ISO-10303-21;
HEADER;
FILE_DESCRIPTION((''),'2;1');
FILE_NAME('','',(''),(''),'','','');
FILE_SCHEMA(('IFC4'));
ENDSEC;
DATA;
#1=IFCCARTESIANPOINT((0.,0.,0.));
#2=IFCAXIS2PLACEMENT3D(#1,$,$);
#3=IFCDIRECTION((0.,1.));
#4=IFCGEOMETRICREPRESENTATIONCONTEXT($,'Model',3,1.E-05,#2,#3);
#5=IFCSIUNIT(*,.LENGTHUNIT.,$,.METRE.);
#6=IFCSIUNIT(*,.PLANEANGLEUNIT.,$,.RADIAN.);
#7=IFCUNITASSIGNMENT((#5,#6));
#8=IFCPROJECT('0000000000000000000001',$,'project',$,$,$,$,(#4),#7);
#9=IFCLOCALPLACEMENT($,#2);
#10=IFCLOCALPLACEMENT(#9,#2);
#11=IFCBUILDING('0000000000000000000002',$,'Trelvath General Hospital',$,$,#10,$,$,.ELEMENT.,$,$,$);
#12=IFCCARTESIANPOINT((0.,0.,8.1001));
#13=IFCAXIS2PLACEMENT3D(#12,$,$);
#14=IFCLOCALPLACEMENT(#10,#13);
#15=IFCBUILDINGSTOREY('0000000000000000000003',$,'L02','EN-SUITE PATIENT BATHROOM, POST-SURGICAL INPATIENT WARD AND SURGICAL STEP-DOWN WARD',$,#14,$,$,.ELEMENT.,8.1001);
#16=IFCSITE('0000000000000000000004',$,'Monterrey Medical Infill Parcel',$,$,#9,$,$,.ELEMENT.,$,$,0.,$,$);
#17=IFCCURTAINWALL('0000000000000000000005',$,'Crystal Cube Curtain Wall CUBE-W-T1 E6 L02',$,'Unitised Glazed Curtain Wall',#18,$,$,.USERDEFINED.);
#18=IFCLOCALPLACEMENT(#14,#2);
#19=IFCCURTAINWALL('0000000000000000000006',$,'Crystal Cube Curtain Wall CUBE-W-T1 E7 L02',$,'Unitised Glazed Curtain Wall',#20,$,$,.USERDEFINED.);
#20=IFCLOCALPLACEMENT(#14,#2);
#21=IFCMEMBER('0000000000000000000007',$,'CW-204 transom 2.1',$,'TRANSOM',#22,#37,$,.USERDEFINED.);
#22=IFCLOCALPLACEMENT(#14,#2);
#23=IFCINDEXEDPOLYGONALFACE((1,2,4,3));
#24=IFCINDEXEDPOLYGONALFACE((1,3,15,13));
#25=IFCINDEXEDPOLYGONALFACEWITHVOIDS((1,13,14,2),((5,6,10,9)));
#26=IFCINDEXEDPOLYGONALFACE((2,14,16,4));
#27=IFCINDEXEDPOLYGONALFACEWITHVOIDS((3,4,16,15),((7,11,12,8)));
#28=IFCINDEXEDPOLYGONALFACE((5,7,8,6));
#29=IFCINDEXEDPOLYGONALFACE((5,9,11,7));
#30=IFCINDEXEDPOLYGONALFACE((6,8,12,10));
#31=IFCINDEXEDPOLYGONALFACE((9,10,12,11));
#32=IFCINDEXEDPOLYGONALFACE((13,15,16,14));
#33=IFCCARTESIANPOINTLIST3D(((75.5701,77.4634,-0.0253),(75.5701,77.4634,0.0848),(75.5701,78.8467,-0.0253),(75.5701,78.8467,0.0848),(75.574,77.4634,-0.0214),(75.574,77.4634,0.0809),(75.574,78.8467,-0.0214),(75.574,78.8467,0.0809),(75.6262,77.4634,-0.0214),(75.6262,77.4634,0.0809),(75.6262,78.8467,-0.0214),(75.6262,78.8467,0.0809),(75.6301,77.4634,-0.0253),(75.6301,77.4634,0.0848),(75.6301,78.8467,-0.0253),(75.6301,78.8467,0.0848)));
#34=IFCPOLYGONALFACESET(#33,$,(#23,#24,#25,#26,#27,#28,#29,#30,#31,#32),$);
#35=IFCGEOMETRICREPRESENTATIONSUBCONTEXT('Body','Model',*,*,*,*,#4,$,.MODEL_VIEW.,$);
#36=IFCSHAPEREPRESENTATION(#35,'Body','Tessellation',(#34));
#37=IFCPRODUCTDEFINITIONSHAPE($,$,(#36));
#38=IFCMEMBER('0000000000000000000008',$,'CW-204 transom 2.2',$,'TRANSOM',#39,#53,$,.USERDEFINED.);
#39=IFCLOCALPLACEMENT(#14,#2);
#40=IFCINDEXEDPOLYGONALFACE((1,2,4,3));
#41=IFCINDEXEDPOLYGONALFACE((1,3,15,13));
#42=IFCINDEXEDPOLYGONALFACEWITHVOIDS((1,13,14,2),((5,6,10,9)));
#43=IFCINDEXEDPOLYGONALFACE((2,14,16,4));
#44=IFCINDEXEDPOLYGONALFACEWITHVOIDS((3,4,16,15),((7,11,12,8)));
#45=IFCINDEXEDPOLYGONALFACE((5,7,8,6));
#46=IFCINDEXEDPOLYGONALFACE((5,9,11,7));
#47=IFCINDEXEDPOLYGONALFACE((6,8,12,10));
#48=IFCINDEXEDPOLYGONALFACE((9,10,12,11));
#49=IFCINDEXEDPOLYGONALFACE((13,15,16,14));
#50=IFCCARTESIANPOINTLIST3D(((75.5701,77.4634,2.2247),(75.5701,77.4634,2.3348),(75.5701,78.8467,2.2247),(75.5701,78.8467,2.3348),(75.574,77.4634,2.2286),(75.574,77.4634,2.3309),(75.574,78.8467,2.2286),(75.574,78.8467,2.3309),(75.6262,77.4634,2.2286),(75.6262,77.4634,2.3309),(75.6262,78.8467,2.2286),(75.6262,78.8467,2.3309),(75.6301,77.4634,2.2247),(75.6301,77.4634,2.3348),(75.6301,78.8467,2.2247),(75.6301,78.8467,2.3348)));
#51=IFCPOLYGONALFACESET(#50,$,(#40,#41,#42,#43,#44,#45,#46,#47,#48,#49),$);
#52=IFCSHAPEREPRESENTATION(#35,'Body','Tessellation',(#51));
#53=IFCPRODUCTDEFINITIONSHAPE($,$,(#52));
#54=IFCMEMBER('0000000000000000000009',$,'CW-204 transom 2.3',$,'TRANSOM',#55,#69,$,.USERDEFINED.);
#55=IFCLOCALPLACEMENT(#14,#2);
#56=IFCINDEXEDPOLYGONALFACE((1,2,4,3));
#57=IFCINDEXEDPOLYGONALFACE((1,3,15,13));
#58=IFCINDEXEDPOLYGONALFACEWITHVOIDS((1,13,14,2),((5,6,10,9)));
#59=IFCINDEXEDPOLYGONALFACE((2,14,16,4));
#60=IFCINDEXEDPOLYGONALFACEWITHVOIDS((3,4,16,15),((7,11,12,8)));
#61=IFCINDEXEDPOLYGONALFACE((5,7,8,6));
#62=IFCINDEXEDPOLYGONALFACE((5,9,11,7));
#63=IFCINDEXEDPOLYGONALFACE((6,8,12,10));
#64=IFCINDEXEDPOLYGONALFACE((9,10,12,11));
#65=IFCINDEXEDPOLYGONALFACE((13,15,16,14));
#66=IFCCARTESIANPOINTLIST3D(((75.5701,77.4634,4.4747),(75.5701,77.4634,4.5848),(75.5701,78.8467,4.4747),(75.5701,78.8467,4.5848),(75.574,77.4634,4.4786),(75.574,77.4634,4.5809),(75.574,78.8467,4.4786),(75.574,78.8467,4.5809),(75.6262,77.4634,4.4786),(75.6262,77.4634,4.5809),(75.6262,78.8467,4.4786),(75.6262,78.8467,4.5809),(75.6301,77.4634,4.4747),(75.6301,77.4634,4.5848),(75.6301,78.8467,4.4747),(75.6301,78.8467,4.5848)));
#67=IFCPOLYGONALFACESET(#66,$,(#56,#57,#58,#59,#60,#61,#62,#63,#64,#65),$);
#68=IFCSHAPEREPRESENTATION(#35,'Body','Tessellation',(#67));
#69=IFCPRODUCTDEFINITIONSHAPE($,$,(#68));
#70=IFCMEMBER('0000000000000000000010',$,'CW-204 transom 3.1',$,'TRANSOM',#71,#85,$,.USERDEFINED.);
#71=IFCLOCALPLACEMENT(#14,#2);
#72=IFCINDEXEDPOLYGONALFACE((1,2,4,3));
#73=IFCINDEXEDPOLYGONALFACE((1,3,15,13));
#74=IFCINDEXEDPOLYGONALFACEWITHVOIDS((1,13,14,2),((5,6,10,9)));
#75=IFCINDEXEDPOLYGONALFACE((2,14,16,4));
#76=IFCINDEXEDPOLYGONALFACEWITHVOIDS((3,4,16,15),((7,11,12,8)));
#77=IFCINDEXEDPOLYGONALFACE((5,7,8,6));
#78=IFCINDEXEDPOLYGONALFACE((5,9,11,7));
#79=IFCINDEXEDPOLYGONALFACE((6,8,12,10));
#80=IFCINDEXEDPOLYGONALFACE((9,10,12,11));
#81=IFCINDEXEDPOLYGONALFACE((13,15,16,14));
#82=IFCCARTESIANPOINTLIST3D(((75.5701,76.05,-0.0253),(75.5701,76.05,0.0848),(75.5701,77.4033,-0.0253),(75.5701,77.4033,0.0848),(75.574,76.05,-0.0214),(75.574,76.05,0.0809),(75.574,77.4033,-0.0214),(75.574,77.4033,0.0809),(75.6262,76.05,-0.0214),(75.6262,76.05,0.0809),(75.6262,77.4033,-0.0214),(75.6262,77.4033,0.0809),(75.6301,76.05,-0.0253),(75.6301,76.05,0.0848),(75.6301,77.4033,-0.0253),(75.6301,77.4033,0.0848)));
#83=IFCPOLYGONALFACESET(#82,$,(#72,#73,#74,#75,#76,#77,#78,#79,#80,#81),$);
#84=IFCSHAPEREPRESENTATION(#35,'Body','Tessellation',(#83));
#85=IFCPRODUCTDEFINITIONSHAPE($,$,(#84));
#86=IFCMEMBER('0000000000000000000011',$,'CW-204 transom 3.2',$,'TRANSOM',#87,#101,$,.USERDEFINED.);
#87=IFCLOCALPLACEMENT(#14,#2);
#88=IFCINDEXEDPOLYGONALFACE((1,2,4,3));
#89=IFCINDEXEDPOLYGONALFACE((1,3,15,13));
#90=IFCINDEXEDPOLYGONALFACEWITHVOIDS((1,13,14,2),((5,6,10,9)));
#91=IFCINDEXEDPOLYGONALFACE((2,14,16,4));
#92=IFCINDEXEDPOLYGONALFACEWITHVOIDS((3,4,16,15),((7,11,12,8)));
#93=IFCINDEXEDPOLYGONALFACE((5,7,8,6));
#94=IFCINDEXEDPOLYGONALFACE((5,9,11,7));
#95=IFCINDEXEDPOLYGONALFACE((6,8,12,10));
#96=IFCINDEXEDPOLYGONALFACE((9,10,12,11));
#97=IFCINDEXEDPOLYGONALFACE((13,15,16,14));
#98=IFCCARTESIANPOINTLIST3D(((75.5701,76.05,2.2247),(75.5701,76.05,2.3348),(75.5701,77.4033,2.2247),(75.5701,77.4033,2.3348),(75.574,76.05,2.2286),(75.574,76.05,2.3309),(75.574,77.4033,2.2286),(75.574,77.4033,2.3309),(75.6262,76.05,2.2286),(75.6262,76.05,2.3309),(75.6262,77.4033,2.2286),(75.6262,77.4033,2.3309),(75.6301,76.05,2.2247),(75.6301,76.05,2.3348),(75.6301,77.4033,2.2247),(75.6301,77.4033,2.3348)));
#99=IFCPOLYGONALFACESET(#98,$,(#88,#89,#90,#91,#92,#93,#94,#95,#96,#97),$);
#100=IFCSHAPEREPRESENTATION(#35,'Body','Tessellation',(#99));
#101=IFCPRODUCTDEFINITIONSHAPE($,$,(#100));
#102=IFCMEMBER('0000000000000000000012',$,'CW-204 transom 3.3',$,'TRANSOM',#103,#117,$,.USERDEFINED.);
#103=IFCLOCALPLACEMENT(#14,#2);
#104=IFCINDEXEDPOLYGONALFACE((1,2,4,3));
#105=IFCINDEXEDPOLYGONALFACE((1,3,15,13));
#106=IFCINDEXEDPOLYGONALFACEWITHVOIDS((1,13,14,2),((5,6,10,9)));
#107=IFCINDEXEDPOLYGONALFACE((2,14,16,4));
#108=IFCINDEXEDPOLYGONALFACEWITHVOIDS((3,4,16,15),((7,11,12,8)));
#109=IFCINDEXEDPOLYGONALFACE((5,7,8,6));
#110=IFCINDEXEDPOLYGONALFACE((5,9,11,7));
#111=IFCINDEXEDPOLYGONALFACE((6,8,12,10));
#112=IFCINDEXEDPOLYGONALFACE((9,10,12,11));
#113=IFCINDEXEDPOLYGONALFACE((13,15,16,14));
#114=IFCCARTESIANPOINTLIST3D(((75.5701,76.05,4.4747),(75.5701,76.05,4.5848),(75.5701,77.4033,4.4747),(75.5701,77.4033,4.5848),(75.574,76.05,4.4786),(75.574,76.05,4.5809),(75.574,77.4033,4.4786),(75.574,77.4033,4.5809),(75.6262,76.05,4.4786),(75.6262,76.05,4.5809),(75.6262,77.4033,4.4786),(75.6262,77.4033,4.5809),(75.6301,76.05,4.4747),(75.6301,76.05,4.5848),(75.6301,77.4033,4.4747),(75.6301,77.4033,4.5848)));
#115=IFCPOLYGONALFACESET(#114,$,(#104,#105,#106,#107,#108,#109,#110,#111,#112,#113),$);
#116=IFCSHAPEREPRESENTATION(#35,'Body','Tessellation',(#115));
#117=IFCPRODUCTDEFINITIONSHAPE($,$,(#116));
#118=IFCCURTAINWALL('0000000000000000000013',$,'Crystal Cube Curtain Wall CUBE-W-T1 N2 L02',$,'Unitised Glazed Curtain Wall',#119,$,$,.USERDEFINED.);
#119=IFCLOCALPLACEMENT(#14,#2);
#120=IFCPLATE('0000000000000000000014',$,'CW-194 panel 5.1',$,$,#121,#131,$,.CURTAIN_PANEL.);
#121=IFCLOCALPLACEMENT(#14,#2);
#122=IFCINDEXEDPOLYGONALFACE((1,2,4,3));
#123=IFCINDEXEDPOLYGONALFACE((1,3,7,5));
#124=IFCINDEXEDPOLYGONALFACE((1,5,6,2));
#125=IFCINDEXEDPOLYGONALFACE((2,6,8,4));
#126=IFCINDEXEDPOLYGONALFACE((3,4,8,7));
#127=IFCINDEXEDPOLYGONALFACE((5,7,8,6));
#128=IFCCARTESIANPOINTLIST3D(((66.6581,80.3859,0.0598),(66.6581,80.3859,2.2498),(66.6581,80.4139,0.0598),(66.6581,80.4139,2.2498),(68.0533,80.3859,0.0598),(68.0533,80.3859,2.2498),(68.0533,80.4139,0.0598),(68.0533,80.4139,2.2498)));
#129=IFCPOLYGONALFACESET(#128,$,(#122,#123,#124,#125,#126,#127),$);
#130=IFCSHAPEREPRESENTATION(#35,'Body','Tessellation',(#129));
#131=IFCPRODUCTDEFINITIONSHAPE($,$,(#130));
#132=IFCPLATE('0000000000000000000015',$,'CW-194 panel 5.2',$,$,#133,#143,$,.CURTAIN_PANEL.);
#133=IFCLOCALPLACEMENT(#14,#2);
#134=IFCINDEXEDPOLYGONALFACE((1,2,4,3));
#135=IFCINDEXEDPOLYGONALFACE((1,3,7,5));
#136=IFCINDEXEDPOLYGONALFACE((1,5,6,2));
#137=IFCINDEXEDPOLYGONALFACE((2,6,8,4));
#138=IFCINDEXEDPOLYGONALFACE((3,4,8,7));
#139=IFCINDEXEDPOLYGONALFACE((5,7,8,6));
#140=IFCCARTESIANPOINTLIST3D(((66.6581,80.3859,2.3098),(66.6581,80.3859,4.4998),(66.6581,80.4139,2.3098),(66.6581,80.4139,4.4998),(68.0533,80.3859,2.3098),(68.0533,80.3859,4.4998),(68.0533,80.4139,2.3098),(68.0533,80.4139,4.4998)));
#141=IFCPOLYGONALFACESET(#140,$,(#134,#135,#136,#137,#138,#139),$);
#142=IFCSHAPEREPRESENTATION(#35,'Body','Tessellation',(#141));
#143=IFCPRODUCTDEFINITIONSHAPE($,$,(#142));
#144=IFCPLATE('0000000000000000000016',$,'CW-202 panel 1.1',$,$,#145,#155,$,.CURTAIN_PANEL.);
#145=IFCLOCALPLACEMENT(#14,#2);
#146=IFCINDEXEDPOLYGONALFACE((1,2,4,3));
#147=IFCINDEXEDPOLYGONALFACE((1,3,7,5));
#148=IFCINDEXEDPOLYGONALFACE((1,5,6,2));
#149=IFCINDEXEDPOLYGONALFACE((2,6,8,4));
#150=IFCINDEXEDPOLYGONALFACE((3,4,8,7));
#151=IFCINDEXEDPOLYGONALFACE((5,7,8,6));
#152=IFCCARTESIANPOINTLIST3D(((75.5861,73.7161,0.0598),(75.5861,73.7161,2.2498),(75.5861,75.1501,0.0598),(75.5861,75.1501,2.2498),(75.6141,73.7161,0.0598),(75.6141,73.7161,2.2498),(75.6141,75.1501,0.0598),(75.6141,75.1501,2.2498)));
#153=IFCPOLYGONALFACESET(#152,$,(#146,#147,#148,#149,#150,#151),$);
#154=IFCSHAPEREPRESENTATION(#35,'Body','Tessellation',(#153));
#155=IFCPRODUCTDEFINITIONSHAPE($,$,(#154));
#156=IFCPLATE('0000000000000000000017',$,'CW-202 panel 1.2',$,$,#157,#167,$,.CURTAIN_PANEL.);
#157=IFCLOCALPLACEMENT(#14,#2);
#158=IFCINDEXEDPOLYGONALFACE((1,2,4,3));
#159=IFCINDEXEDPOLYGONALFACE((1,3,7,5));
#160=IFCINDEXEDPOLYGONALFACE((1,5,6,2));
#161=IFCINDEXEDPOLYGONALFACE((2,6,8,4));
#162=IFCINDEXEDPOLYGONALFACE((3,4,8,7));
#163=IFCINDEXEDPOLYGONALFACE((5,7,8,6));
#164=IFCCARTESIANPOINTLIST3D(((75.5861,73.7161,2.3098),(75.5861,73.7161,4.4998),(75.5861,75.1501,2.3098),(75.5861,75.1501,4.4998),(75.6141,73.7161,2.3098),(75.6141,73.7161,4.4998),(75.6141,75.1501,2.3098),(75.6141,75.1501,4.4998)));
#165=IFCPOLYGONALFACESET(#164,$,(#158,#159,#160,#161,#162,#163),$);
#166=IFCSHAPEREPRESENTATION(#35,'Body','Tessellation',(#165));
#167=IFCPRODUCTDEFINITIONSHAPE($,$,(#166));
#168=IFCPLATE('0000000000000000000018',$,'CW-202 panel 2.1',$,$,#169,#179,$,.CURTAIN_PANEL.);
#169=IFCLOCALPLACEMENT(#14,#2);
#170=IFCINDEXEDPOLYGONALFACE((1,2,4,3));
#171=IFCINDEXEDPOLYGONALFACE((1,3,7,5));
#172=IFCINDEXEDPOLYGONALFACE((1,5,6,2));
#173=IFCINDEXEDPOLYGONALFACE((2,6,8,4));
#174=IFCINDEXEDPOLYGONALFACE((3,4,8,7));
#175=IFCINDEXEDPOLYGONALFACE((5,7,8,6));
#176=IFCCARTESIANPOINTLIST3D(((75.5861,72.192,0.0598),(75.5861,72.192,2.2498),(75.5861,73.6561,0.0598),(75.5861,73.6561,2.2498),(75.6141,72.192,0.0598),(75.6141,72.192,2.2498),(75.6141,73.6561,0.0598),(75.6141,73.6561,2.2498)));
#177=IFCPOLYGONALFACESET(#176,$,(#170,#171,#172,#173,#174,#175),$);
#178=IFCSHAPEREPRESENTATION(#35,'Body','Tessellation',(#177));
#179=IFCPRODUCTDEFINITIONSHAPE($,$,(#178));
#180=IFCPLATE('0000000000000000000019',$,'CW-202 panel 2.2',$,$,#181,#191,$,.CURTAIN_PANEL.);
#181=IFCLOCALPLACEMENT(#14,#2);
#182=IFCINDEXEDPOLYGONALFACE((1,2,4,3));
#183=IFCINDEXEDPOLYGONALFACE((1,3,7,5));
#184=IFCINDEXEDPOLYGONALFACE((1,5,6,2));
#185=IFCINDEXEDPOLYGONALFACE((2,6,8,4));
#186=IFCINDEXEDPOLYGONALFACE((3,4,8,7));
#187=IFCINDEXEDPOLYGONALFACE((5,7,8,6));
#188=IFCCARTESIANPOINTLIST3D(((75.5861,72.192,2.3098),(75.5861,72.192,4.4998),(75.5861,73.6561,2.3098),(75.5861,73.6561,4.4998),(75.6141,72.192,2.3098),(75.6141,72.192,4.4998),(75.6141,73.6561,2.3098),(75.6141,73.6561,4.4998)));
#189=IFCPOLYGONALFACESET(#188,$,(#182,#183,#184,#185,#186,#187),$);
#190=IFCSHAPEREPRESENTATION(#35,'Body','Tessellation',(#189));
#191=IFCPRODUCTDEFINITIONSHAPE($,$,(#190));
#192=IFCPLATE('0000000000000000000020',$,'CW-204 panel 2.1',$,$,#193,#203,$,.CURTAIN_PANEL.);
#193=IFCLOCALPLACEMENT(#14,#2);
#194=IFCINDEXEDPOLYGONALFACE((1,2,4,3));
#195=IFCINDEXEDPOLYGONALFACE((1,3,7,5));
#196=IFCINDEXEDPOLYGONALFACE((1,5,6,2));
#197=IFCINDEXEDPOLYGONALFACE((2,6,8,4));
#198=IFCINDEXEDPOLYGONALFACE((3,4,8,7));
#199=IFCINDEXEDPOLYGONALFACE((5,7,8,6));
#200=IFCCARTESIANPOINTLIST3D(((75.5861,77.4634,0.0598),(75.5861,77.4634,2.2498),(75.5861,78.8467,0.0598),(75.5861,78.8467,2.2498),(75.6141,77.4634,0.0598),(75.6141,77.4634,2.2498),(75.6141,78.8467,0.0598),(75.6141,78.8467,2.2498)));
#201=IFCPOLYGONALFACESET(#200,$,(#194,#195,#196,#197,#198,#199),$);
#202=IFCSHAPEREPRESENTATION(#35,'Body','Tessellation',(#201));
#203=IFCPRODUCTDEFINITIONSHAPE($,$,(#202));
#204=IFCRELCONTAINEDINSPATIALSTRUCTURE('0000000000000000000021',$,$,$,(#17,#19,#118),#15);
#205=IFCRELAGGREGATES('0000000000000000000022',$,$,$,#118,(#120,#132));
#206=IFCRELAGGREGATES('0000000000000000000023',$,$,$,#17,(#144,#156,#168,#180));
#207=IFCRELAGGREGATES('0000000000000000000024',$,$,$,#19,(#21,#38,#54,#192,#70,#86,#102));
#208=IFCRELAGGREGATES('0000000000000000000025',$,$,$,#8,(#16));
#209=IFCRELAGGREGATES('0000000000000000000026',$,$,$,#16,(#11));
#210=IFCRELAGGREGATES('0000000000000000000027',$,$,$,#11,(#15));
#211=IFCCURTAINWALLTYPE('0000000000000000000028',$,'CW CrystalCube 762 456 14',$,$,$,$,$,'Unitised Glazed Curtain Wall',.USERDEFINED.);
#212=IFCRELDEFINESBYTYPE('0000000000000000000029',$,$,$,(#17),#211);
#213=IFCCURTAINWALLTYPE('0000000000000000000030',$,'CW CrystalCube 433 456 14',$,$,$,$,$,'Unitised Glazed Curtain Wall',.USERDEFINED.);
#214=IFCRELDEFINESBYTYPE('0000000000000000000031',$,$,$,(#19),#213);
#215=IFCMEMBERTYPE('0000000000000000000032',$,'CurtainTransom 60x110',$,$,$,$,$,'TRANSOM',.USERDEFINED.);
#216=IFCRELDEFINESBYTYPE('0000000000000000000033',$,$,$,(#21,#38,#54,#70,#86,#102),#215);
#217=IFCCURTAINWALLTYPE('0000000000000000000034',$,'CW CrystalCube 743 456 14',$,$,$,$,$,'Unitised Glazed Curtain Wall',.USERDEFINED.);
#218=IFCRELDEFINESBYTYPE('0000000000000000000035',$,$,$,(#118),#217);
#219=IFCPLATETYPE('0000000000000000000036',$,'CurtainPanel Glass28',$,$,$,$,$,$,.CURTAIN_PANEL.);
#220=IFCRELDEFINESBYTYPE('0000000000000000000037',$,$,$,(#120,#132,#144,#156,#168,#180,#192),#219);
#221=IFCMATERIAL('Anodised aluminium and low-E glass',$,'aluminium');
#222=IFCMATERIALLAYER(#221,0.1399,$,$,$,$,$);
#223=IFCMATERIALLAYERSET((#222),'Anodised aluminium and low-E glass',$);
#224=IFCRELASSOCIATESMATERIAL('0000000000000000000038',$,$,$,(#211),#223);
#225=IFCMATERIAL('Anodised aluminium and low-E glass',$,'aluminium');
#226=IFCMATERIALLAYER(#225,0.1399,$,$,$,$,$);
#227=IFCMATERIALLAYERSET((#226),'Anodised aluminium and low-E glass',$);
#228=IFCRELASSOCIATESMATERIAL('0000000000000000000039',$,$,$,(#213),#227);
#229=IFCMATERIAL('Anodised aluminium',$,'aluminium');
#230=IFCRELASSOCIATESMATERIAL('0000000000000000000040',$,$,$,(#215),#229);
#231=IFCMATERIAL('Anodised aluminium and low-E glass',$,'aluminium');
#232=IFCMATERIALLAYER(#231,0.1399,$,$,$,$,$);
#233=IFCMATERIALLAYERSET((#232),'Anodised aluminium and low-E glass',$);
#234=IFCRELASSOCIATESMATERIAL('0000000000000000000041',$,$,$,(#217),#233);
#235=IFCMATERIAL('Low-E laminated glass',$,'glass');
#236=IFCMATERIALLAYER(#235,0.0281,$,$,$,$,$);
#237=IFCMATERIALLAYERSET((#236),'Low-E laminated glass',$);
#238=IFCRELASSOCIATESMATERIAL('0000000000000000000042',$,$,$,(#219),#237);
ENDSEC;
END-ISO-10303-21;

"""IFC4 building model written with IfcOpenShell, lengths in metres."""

from ifc_helpers import new_model, si_unit, direction, frame, origin, origin_2d, place, context, subcontext, project, spatial, rectangle, hollow_rectangle, extrude, material, layer, layer_set, material_profile, profile_set, type_object, element, aggregate, save


model = new_model("IFC4")

# Units and contexts
model_context = context("Model", 3, precision=1e-05, world=origin(), true_north=direction((0.0, 1.0)))
body_context = subcontext(model_context, "Body", "Model", "MODEL_VIEW")
ifc_project = project(units=[si_unit("LENGTHUNIT", "METRE"), si_unit("PLANEANGLEUNIT", "RADIAN")], contexts=[model_context])

# Site, building, storey
site_placement = place(None, origin())
site = spatial("IfcSite", under=ifc_project, at=site_placement, Name="Monterrey Medical Infill Parcel", CompositionType="ELEMENT", RefElevation=0.0)
building_placement = place(site_placement, origin())
building = spatial("IfcBuilding", under=site, at=building_placement, Name="Trelvath General Hospital", CompositionType="ELEMENT")
storey_placement = place(building_placement, frame((0.0, 0.0, 8.1001)))
storey = spatial("IfcBuildingStorey", under=building, at=storey_placement, Name="L02", Description="EN-SUITE PATIENT BATHROOM, POST-SURGICAL INPATIENT WARD AND SURGICAL STEP-DOWN WARD", CompositionType="ELEMENT", Elevation=8.1001)

# Curtain walls
ifc_material_1 = material(Name="Anodised aluminium and low-E glass", Category="aluminium")
ifc_layer_1 = layer(ifc_material_1, 0.1399)
ifc_layer_set_1 = layer_set([ifc_layer_1], Name="Anodised aluminium and low-E glass")
curtain_wall_type_1 = type_object("IfcCurtainWallType", Name="CW CrystalCube 762 456 14", ElementType="Unitised Glazed Curtain Wall", PredefinedType="USERDEFINED", material=ifc_layer_set_1)
curtain_wall_1_placement = place(storey_placement, origin())
curtain_wall_1 = element("IfcCurtainWall", 1, at=curtain_wall_1_placement, inside=storey, type_object=curtain_wall_type_1, Name="Crystal Cube Curtain Wall CUBE-W-T1 E6 L02", ObjectType="Unitised Glazed Curtain Wall", PredefinedType="USERDEFINED")
ifc_material_2 = material(Name="Anodised aluminium and low-E glass", Category="aluminium")
ifc_layer_2 = layer(ifc_material_2, 0.1399)
ifc_layer_set_2 = layer_set([ifc_layer_2], Name="Anodised aluminium and low-E glass")
curtain_wall_type_2 = type_object("IfcCurtainWallType", Name="CW CrystalCube 433 456 14", ElementType="Unitised Glazed Curtain Wall", PredefinedType="USERDEFINED", material=ifc_layer_set_2)
curtain_wall_2_placement = place(storey_placement, origin())
curtain_wall_2 = element("IfcCurtainWall", 2, at=curtain_wall_2_placement, inside=storey, type_object=curtain_wall_type_2, Name="Crystal Cube Curtain Wall CUBE-W-T1 E7 L02", ObjectType="Unitised Glazed Curtain Wall", PredefinedType="USERDEFINED")

# Members
ifc_material_3 = material(Name="Anodised aluminium", Category="aluminium")
ifc_material_profile_1 = material_profile(ifc_material_3, hollow_rectangle(XDim=0.0601, YDim=0.1101, WallThickness=0.0039, at=origin_2d()), Name="RHS60x110x4")
ifc_profile_set_1 = profile_set([ifc_material_profile_1], Name="Anodised aluminium")
member_type_1 = type_object("IfcMemberType", Name="CurtainTransom 60x110", ElementType="TRANSOM", PredefinedType="USERDEFINED", material=ifc_profile_set_1)
member_1_placement = place(storey_placement, frame((75.6001, 78.8467, 0.0298), z_axis=(0.0, -1.0, 0.0), x_axis=(1.0, 0.0, 0.0)))
member_1 = element("IfcMember", 3, at=member_1_placement, type_object=member_type_1, Name="CW-204 transom 2.1", ObjectType="TRANSOM", PredefinedType="USERDEFINED", context=body_context, shape_type="SweptSolid", body=[
    extrude(hollow_rectangle(XDim=0.0601, YDim=0.1101, WallThickness=0.0039, at=origin_2d()), origin(), (0.0, 0.0, 1.0), 1.3833),
])
member_2_placement = place(storey_placement, frame((75.6001, 78.8467, 2.2798), z_axis=(0.0, -1.0, 0.0), x_axis=(1.0, 0.0, 0.0)))
member_2 = element("IfcMember", 4, at=member_2_placement, type_object=member_type_1, Name="CW-204 transom 2.2", ObjectType="TRANSOM", PredefinedType="USERDEFINED", context=body_context, shape_type="SweptSolid", body=[
    extrude(hollow_rectangle(XDim=0.0601, YDim=0.1101, WallThickness=0.0039, at=origin_2d()), origin(), (0.0, 0.0, 1.0), 1.3833),
])
member_3_placement = place(storey_placement, frame((75.6001, 78.8467, 4.5298), z_axis=(0.0, -1.0, 0.0), x_axis=(1.0, 0.0, 0.0)))
member_3 = element("IfcMember", 5, at=member_3_placement, type_object=member_type_1, Name="CW-204 transom 2.3", ObjectType="TRANSOM", PredefinedType="USERDEFINED", context=body_context, shape_type="SweptSolid", body=[
    extrude(hollow_rectangle(XDim=0.0601, YDim=0.1101, WallThickness=0.0039, at=origin_2d()), origin(), (0.0, 0.0, 1.0), 1.3833),
])
member_4_placement = place(storey_placement, frame((75.6001, 77.4033, 0.0298), z_axis=(0.0, -1.0, 0.0), x_axis=(1.0, 0.0, 0.0)))
member_4 = element("IfcMember", 6, at=member_4_placement, type_object=member_type_1, Name="CW-204 transom 3.1", ObjectType="TRANSOM", PredefinedType="USERDEFINED", context=body_context, shape_type="SweptSolid", body=[
    extrude(hollow_rectangle(XDim=0.0601, YDim=0.1101, WallThickness=0.0039, at=origin_2d()), origin(), (0.0, 0.0, 1.0), 1.3533),
])
member_5_placement = place(storey_placement, frame((75.6001, 77.4033, 2.2798), z_axis=(0.0, -1.0, 0.0), x_axis=(1.0, 0.0, 0.0)))
member_5 = element("IfcMember", 7, at=member_5_placement, type_object=member_type_1, Name="CW-204 transom 3.2", ObjectType="TRANSOM", PredefinedType="USERDEFINED", context=body_context, shape_type="SweptSolid", body=[
    extrude(hollow_rectangle(XDim=0.0601, YDim=0.1101, WallThickness=0.0039, at=origin_2d()), origin(), (0.0, 0.0, 1.0), 1.3533),
])
member_6_placement = place(storey_placement, frame((75.6001, 77.4033, 4.5298), z_axis=(0.0, -1.0, 0.0), x_axis=(1.0, 0.0, 0.0)))
member_6 = element("IfcMember", 8, at=member_6_placement, type_object=member_type_1, Name="CW-204 transom 3.3", ObjectType="TRANSOM", PredefinedType="USERDEFINED", context=body_context, shape_type="SweptSolid", body=[
    extrude(hollow_rectangle(XDim=0.0601, YDim=0.1101, WallThickness=0.0039, at=origin_2d()), origin(), (0.0, 0.0, 1.0), 1.3533),
])

# Curtain wall, plates
ifc_material_4 = material(Name="Anodised aluminium and low-E glass", Category="aluminium")
ifc_layer_3 = layer(ifc_material_4, 0.1399)
ifc_layer_set_3 = layer_set([ifc_layer_3], Name="Anodised aluminium and low-E glass")
curtain_wall_type_3 = type_object("IfcCurtainWallType", Name="CW CrystalCube 743 456 14", ElementType="Unitised Glazed Curtain Wall", PredefinedType="USERDEFINED", material=ifc_layer_set_3)
curtain_wall_3_placement = place(storey_placement, origin())
curtain_wall_3 = element("IfcCurtainWall", 9, at=curtain_wall_3_placement, inside=storey, type_object=curtain_wall_type_3, Name="Crystal Cube Curtain Wall CUBE-W-T1 N2 L02", ObjectType="Unitised Glazed Curtain Wall", PredefinedType="USERDEFINED")
ifc_material_5 = material(Name="Low-E laminated glass", Category="glass")
ifc_layer_4 = layer(ifc_material_5, 0.0281)
ifc_layer_set_4 = layer_set([ifc_layer_4], Name="Low-E laminated glass")
plate_type = type_object("IfcPlateType", Name="CurtainPanel Glass28", PredefinedType="CURTAIN_PANEL", material=ifc_layer_set_4)
plate_1_placement = place(storey_placement, frame((67.3557, 80.3999, 0.0598), z_axis=(0.0, 0.0, 1.0), x_axis=(1.0, 0.0, 0.0)))
plate_1 = element("IfcPlate", 10, at=plate_1_placement, type_object=plate_type, Name="CW-194 panel 5.1", PredefinedType="CURTAIN_PANEL", context=body_context, shape_type="SweptSolid", body=[
    extrude(rectangle(XDim=1.3953, YDim=0.0281, at=origin_2d()), origin(), (0.0, 0.0, 1.0), 2.1899),
])
plate_2_placement = place(storey_placement, frame((67.3557, 80.3999, 2.3098), z_axis=(0.0, 0.0, 1.0), x_axis=(1.0, 0.0, 0.0)))
plate_2 = element("IfcPlate", 11, at=plate_2_placement, type_object=plate_type, Name="CW-194 panel 5.2", PredefinedType="CURTAIN_PANEL", context=body_context, shape_type="SweptSolid", body=[
    extrude(rectangle(XDim=1.3953, YDim=0.0281, at=origin_2d()), origin(), (0.0, 0.0, 1.0), 2.1899),
])
aggregate(curtain_wall_3, [plate_1, plate_2])

# Plates
plate_3_placement = place(storey_placement, frame((75.6001, 74.4331, 0.0598), z_axis=(0.0, 0.0, 1.0), x_axis=(0.0, -1.0, 0.0)))
plate_3 = element("IfcPlate", 12, at=plate_3_placement, type_object=plate_type, Name="CW-202 panel 1.1", PredefinedType="CURTAIN_PANEL", context=body_context, shape_type="SweptSolid", body=[
    extrude(rectangle(XDim=1.4341, YDim=0.0281, at=origin_2d()), origin(), (0.0, 0.0, 1.0), 2.1899),
])
plate_4_placement = place(storey_placement, frame((75.6001, 74.4331, 2.3098), z_axis=(0.0, 0.0, 1.0), x_axis=(0.0, -1.0, 0.0)))
plate_4 = element("IfcPlate", 13, at=plate_4_placement, type_object=plate_type, Name="CW-202 panel 1.2", PredefinedType="CURTAIN_PANEL", context=body_context, shape_type="SweptSolid", body=[
    extrude(rectangle(XDim=1.4341, YDim=0.0281, at=origin_2d()), origin(), (0.0, 0.0, 1.0), 2.1899),
])
plate_5_placement = place(storey_placement, frame((75.6001, 72.9241, 0.0598), z_axis=(0.0, 0.0, 1.0), x_axis=(0.0, -1.0, 0.0)))
plate_5 = element("IfcPlate", 14, at=plate_5_placement, type_object=plate_type, Name="CW-202 panel 2.1", PredefinedType="CURTAIN_PANEL", context=body_context, shape_type="SweptSolid", body=[
    extrude(rectangle(XDim=1.4641, YDim=0.0281, at=origin_2d()), origin(), (0.0, 0.0, 1.0), 2.1899),
])
plate_6_placement = place(storey_placement, frame((75.6001, 72.9241, 2.3098), z_axis=(0.0, 0.0, 1.0), x_axis=(0.0, -1.0, 0.0)))
plate_6 = element("IfcPlate", 15, at=plate_6_placement, type_object=plate_type, Name="CW-202 panel 2.2", PredefinedType="CURTAIN_PANEL", context=body_context, shape_type="SweptSolid", body=[
    extrude(rectangle(XDim=1.4641, YDim=0.0281, at=origin_2d()), origin(), (0.0, 0.0, 1.0), 2.1899),
])
aggregate(curtain_wall_1, [plate_3, plate_4, plate_5, plate_6])
plate_7_placement = place(storey_placement, frame((75.6001, 78.155, 0.0598), z_axis=(0.0, 0.0, 1.0), x_axis=(0.0, -1.0, 0.0)))
plate_7 = element("IfcPlate", 16, at=plate_7_placement, type_object=plate_type, Name="CW-204 panel 2.1", PredefinedType="CURTAIN_PANEL", context=body_context, shape_type="SweptSolid", body=[
    extrude(rectangle(XDim=1.3833, YDim=0.0281, at=origin_2d()), origin(), (0.0, 0.0, 1.0), 2.1899),
])
aggregate(curtain_wall_2, [member_1, member_2, member_3, plate_7, member_4, member_5, member_6])

save(model, "model.ifc")
